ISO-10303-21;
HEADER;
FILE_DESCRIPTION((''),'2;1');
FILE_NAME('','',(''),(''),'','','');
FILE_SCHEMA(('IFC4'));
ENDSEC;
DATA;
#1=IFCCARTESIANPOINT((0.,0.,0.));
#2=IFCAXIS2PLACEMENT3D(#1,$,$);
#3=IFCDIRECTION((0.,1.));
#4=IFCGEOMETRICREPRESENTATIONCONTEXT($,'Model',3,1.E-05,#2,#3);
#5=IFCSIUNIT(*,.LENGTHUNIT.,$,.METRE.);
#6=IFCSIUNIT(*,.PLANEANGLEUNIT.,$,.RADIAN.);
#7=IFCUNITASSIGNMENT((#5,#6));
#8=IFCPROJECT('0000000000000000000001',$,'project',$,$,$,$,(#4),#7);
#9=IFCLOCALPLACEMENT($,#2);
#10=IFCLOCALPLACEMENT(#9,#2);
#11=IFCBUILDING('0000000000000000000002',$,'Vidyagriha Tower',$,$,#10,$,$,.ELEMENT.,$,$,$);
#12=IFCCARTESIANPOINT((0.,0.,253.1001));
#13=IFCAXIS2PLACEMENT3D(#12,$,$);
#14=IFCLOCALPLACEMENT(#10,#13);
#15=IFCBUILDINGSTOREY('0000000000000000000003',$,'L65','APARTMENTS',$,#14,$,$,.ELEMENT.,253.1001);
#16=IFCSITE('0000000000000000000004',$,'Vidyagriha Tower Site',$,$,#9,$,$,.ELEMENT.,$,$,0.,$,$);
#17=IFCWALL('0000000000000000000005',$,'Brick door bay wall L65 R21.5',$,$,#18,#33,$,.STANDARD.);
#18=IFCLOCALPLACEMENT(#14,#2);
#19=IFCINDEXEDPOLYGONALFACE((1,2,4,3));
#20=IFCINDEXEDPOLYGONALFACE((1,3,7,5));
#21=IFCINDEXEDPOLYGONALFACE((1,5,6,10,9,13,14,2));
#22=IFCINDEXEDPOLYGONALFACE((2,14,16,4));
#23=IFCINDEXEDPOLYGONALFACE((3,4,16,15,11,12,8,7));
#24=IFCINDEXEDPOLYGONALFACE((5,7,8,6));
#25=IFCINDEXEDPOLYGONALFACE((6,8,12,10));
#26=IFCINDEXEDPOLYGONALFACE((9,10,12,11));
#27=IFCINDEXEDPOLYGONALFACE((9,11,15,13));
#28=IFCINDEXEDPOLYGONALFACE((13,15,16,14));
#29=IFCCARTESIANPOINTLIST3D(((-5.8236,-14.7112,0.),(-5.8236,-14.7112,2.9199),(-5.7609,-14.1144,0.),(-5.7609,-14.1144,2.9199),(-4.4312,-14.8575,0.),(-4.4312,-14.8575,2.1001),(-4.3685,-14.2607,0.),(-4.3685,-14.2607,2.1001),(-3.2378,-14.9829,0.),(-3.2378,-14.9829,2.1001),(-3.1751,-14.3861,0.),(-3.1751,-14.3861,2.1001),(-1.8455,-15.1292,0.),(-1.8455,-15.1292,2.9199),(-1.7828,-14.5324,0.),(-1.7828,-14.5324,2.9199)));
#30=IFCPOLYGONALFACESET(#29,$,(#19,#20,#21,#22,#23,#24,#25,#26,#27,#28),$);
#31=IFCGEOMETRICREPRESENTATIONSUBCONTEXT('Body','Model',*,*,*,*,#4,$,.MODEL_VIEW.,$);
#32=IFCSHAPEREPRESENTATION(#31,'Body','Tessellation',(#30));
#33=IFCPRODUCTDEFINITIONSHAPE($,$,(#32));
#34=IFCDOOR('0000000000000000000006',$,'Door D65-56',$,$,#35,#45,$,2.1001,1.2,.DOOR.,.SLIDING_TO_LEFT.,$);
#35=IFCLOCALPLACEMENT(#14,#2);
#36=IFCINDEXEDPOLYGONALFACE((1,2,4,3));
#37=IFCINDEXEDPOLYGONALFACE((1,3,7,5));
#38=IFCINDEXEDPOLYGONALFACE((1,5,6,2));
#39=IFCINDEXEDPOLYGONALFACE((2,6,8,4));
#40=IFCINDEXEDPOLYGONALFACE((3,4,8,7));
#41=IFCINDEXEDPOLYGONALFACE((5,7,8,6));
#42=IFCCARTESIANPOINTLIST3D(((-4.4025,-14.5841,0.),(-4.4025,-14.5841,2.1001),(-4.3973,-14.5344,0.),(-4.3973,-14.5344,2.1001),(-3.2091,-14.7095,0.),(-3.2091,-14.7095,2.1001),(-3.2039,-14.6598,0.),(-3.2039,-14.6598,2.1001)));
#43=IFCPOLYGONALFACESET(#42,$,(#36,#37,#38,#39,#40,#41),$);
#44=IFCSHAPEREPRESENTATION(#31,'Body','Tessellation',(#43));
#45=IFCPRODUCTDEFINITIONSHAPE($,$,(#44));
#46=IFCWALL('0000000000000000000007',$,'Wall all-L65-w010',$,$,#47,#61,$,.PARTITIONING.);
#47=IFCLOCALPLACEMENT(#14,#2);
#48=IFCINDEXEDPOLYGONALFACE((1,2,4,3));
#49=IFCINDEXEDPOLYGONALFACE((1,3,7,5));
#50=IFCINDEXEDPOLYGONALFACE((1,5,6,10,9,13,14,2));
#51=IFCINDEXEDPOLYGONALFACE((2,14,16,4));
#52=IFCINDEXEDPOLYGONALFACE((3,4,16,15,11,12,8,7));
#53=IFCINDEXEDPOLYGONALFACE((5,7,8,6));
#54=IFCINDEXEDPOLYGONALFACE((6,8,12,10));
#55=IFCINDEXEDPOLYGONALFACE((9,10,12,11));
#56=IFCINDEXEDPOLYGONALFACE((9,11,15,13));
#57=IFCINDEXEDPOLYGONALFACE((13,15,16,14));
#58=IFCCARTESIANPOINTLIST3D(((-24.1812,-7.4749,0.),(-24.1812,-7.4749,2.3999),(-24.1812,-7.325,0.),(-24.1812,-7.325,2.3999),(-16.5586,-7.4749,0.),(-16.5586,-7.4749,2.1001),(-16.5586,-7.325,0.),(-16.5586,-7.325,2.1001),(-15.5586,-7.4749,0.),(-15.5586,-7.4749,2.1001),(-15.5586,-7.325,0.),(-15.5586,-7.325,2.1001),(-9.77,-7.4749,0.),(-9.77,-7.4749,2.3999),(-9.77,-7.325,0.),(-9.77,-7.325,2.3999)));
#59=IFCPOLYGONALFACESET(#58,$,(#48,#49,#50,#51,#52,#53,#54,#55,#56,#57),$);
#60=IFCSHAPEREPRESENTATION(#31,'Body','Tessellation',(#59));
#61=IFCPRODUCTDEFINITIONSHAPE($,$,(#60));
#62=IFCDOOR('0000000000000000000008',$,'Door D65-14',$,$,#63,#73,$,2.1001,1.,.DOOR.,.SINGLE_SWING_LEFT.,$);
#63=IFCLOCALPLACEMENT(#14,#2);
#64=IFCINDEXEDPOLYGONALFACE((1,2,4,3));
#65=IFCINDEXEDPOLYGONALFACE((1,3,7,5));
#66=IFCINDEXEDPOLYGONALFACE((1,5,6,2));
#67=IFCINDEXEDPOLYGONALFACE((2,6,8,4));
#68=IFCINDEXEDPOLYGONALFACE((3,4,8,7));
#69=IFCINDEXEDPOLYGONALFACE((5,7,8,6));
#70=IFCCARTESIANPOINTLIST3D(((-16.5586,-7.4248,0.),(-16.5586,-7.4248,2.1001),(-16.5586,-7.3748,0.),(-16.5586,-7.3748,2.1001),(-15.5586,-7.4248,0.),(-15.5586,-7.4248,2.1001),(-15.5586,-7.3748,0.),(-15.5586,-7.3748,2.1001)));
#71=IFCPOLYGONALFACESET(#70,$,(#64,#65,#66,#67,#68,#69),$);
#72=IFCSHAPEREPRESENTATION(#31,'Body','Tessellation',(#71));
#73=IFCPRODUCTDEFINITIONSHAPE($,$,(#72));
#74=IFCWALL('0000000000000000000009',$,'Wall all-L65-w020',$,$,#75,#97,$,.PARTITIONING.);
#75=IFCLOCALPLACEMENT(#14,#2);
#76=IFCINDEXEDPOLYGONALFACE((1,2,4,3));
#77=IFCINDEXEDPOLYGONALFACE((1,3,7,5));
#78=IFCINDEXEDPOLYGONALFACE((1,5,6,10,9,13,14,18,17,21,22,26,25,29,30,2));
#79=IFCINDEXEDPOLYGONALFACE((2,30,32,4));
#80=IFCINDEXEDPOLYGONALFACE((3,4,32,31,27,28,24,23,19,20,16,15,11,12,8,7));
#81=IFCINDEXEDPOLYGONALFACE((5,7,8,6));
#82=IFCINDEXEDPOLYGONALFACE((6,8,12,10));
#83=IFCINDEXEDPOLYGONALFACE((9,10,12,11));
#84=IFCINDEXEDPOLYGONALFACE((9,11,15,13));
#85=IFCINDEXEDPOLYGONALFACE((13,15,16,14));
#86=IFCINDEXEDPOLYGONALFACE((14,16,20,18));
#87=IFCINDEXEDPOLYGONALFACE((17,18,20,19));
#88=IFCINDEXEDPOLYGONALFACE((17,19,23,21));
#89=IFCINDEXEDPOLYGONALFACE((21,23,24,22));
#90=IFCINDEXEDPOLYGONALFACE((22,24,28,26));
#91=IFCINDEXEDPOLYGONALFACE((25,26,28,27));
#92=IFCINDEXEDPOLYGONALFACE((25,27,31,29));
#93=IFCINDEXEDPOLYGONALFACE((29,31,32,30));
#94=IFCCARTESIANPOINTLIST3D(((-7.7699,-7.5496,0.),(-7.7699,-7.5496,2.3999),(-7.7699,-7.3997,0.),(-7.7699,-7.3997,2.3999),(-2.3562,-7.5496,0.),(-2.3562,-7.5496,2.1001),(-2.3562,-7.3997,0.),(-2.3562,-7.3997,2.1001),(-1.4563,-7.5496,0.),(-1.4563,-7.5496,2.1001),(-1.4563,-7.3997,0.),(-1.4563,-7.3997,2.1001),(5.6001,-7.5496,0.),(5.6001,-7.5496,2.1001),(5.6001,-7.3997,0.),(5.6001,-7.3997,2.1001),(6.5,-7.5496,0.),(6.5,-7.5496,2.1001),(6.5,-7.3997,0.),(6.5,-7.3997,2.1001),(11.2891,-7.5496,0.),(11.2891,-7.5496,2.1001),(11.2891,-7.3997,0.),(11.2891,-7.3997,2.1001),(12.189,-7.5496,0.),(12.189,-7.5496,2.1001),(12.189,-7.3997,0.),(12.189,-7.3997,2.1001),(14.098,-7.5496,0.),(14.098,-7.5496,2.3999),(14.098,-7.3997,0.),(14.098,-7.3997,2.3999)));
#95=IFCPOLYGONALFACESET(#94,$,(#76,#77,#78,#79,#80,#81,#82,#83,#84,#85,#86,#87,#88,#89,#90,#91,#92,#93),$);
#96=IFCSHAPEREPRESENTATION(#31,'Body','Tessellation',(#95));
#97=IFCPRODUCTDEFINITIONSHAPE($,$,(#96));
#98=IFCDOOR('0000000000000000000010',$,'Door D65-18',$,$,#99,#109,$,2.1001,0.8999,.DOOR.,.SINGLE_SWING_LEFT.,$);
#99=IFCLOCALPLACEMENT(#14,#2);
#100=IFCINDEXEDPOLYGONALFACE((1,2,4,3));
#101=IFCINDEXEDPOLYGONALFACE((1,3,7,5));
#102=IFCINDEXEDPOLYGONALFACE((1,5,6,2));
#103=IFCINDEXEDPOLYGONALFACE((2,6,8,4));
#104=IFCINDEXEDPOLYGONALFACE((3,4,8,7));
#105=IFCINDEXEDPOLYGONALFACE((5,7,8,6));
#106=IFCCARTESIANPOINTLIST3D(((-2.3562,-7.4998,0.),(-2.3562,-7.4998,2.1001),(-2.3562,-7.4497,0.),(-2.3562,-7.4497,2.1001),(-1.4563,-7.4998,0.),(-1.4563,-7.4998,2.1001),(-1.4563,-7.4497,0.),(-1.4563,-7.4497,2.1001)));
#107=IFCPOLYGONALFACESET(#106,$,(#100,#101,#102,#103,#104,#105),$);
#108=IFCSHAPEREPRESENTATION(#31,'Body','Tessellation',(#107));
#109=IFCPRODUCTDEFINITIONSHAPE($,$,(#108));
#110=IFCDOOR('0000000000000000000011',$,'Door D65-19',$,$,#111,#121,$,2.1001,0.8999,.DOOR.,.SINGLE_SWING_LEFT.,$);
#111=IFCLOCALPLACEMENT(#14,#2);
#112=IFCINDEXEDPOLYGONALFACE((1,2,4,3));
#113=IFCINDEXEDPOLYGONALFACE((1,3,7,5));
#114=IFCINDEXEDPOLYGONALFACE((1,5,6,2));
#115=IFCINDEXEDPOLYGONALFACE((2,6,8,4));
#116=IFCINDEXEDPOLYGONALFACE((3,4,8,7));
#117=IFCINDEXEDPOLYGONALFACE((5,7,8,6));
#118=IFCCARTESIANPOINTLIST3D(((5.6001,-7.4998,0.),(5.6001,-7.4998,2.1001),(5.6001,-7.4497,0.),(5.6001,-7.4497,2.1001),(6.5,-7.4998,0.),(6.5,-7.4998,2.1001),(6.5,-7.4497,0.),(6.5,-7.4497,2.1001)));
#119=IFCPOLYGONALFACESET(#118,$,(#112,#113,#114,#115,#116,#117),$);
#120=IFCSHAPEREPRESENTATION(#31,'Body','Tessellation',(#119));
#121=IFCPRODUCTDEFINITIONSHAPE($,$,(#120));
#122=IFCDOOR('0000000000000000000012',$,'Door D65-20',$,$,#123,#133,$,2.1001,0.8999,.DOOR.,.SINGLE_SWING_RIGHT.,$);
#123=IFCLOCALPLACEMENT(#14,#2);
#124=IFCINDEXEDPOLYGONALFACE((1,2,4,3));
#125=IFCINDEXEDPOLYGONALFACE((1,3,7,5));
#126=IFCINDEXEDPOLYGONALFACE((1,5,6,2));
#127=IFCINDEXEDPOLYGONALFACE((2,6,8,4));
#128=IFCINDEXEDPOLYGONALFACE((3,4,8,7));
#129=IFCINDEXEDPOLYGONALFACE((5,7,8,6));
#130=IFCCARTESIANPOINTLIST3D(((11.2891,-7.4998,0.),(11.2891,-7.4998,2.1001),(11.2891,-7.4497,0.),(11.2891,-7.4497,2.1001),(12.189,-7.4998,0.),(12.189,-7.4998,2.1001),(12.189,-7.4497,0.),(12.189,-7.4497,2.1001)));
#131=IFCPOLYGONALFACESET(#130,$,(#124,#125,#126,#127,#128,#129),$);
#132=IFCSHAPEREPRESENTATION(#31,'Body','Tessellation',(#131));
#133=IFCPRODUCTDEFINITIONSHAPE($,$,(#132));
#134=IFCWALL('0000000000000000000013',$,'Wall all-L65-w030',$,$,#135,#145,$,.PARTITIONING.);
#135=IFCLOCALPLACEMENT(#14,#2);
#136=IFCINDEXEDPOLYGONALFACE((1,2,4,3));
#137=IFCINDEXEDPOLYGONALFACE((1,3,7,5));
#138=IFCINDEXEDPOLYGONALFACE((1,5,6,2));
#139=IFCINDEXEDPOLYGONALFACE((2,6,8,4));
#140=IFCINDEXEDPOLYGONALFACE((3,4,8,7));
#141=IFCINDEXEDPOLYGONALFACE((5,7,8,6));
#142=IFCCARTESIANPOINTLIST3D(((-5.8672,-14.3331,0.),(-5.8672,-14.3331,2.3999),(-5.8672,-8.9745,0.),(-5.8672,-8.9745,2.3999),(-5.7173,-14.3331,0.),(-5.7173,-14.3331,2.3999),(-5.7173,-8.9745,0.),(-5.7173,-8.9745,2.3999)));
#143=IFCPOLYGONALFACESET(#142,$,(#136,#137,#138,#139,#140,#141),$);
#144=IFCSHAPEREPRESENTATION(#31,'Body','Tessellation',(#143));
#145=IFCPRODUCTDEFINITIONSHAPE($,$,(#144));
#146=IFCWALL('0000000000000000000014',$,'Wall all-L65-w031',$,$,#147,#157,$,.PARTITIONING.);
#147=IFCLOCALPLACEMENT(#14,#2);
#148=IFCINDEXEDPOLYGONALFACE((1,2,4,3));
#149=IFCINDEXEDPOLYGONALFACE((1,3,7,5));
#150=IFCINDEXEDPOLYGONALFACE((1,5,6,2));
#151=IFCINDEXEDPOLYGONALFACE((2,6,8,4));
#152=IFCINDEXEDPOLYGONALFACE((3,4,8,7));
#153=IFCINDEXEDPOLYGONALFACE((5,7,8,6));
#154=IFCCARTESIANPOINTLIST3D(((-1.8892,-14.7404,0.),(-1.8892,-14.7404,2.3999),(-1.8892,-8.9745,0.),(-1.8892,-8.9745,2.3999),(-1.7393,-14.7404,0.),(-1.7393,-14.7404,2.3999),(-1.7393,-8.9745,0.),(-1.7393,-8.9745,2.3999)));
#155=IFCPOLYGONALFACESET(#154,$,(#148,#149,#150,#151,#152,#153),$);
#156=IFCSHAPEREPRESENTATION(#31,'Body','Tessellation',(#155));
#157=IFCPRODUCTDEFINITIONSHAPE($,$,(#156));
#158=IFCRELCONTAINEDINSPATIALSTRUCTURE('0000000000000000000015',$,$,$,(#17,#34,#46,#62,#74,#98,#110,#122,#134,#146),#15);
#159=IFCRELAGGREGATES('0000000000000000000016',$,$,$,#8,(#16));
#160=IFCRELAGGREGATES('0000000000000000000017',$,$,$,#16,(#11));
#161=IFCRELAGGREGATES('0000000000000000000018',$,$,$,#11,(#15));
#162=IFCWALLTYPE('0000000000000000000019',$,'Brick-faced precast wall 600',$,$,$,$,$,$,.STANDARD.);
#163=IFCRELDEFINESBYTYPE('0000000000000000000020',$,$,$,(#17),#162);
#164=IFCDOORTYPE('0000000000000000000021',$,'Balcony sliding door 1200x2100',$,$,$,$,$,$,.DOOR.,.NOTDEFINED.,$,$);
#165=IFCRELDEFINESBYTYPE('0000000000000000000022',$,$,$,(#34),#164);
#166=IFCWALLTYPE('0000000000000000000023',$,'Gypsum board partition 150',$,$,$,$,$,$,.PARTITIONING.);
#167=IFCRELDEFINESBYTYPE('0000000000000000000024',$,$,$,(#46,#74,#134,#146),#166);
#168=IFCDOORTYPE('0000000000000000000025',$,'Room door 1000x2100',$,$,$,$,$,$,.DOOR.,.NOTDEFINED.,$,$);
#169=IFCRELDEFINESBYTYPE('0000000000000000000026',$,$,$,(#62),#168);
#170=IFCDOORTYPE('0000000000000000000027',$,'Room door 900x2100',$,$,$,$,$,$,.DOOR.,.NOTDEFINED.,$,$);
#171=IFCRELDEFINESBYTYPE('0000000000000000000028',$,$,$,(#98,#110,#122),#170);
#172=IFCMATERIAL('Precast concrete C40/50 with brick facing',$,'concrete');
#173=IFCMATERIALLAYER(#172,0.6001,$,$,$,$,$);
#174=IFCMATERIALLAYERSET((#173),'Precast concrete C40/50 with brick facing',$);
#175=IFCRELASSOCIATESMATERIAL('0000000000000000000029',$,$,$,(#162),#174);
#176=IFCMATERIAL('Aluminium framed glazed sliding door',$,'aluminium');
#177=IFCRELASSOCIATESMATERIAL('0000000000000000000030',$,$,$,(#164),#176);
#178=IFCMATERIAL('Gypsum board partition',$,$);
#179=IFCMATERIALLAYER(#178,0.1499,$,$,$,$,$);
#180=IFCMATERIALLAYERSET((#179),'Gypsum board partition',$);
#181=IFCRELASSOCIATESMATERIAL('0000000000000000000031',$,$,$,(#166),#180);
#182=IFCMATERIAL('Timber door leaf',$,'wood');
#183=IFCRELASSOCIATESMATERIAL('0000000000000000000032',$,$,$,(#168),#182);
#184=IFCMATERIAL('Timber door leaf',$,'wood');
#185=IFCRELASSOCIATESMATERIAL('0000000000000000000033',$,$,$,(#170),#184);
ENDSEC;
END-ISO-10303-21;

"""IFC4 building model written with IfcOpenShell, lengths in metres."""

from ifc_helpers import new_model, si_unit, direction, frame, frame_2d, origin, place, context, subcontext, project, spatial, rectangle, extrude, material, layer, layer_set, type_object, element, fill, save


model = new_model("IFC4")

# Units and contexts
model_context = context("Model", 3, precision=1e-05, world=origin(), true_north=direction((0.0, 1.0)))
body_context = subcontext(model_context, "Body", "Model", "MODEL_VIEW")
ifc_project = project(units=[si_unit("LENGTHUNIT", "METRE"), si_unit("PLANEANGLEUNIT", "RADIAN")], contexts=[model_context])

# Site, building, storey
site_placement = place(None, origin())
site = spatial("IfcSite", under=ifc_project, at=site_placement, Name="Vidyagriha Tower Site", CompositionType="ELEMENT", RefElevation=0.0)
building_placement = place(site_placement, origin())
building = spatial("IfcBuilding", under=site, at=building_placement, Name="Vidyagriha Tower", CompositionType="ELEMENT")
storey_placement = place(building_placement, frame((0.0, 0.0, 253.1001)))
storey = spatial("IfcBuildingStorey", under=building, at=storey_placement, Name="L65", Description="APARTMENTS", CompositionType="ELEMENT", Elevation=253.1001)

# Walls, openings, doors
ifc_material_1 = material(Name="Precast concrete C40/50 with brick facing", Category="concrete")
ifc_layer_1 = layer(ifc_material_1, 0.6001)
ifc_layer_set_1 = layer_set([ifc_layer_1], Name="Precast concrete C40/50 with brick facing")
wall_type_1 = type_object("IfcWallType", Name="Brick-faced precast wall 600", PredefinedType="STANDARD", material=ifc_layer_set_1)
wall_1_placement = place(storey_placement, frame((-5.7922, -14.4128, 0.0), z_axis=(0.0, 0.0, 1.0), x_axis=(0.994526, -0.104494, 0.0)))
wall_1 = element("IfcWall", 1, at=wall_1_placement, inside=storey, type_object=wall_type_1, Name="Brick door bay wall L65 R21.5", PredefinedType="STANDARD", context=body_context, shape_type="SweptSolid", body=[
    extrude(rectangle(XDim=4.0, YDim=0.6001, at=frame_2d((2.0, 0.0))), origin(), (0.0, 0.0, 1.0), 2.9199),
])
opening_1_placement = place(wall_1_placement, frame((1.3999, 0.0, 0.0)))
opening_1 = element("IfcOpeningElement", 2, at=opening_1_placement, cuts=wall_1, PredefinedType="OPENING", context=body_context, shape_type="SweptSolid", body=[
    extrude(rectangle(XDim=1.2, YDim=2.1001, at=frame_2d((0.6001, 1.05))), frame((0.0, 0.3101, 0.0), z_axis=(0.0, -1.0, 0.0), x_axis=(1.0, 0.0, 0.0)), (0.0, 0.0, 1.0), 0.6201),
])
ifc_material_2 = material(Name="Aluminium framed glazed sliding door", Category="aluminium")
door_type_1 = type_object("IfcDoorType", Name="Balcony sliding door 1200x2100", OperationType="NOTDEFINED", PredefinedType="DOOR", material=ifc_material_2)
door_1_placement = place(opening_1_placement, origin())
door_1 = element("IfcDoor", 3, at=door_1_placement, inside=storey, type_object=door_type_1, Name="Door D65-56", OperationType="SLIDING_TO_LEFT", OverallHeight=2.1001, OverallWidth=1.2, PredefinedType="DOOR", context=body_context, shape_type="SweptSolid", body=[
    extrude(rectangle(XDim=1.2, YDim=2.1001, at=frame_2d((0.6001, 1.05))), frame((0.0, 0.0249, 0.0), z_axis=(0.0, -1.0, 0.0), x_axis=(1.0, 0.0, 0.0)), (0.0, 0.0, 1.0), 0.05),
])
fill(opening_1, door_1)
ifc_material_3 = material(Name="Gypsum board partition")
ifc_layer_2 = layer(ifc_material_3, 0.1499)
ifc_layer_set_2 = layer_set([ifc_layer_2], Name="Gypsum board partition")
wall_type_2 = type_object("IfcWallType", Name="Gypsum board partition 150", PredefinedType="PARTITIONING", material=ifc_layer_set_2)
wall_2_placement = place(storey_placement, frame((-9.77, -7.3999, 0.0), z_axis=(0.0, 0.0, 1.0), x_axis=(-1.0, 0.0, 0.0)))
wall_2 = element("IfcWall", 4, at=wall_2_placement, inside=storey, type_object=wall_type_2, Name="Wall all-L65-w010", PredefinedType="PARTITIONING", context=body_context, shape_type="SweptSolid", body=[
    extrude(rectangle(XDim=14.4111, YDim=0.1499, at=frame_2d((7.2056, 0.0))), origin(), (0.0, 0.0, 1.0), 2.3999),
])
opening_2_placement = place(wall_2_placement, frame((5.7886, 0.0, 0.0)))
opening_2 = element("IfcOpeningElement", 5, at=opening_2_placement, cuts=wall_2, PredefinedType="OPENING", context=body_context, shape_type="SweptSolid", body=[
    extrude(rectangle(XDim=1.0, YDim=2.1001, at=frame_2d((0.5, 1.05))), frame((0.0, 0.085, 0.0), z_axis=(0.0, -1.0, 0.0), x_axis=(1.0, 0.0, 0.0)), (0.0, 0.0, 1.0), 0.1699),
])
ifc_material_4 = material(Name="Timber door leaf", Category="wood")
door_type_2 = type_object("IfcDoorType", Name="Room door 1000x2100", OperationType="NOTDEFINED", PredefinedType="DOOR", material=ifc_material_4)
door_2_placement = place(opening_2_placement, origin())
door_2 = element("IfcDoor", 6, at=door_2_placement, inside=storey, type_object=door_type_2, Name="Door D65-14", OperationType="SINGLE_SWING_LEFT", OverallHeight=2.1001, OverallWidth=1.0, PredefinedType="DOOR", context=body_context, shape_type="SweptSolid", body=[
    extrude(rectangle(XDim=1.0, YDim=2.1001, at=frame_2d((0.5, 1.05))), frame((0.0, 0.0249, 0.0), z_axis=(0.0, -1.0, 0.0), x_axis=(1.0, 0.0, 0.0)), (0.0, 0.0, 1.0), 0.05),
])
fill(opening_2, door_2)

# Wall, openings, doors
wall_3_placement = place(storey_placement, frame((-7.77, -7.4746, 0.0)))
wall_3 = element("IfcWall", 7, at=wall_3_placement, inside=storey, type_object=wall_type_2, Name="Wall all-L65-w020", PredefinedType="PARTITIONING", context=body_context, shape_type="SweptSolid", body=[
    extrude(rectangle(XDim=21.8679, YDim=0.1499, at=frame_2d((10.9341, 0.0))), origin(), (0.0, 0.0, 1.0), 2.3999),
])
opening_3_placement = place(wall_3_placement, frame((5.4138, 0.0, 0.0)))
opening_3 = element("IfcOpeningElement", 8, at=opening_3_placement, cuts=wall_3, PredefinedType="OPENING", context=body_context, shape_type="SweptSolid", body=[
    extrude(rectangle(XDim=0.8999, YDim=2.1001, at=frame_2d((0.45, 1.05))), frame((0.0, 0.085, 0.0), z_axis=(0.0, -1.0, 0.0), x_axis=(1.0, 0.0, 0.0)), (0.0, 0.0, 1.0), 0.1699),
])
opening_4_placement = place(wall_3_placement, frame((13.3701, 0.0, 0.0)))
opening_4 = element("IfcOpeningElement", 9, at=opening_4_placement, cuts=wall_3, PredefinedType="OPENING", context=body_context, shape_type="SweptSolid", body=[
    extrude(rectangle(XDim=0.8999, YDim=2.1001, at=frame_2d((0.45, 1.05))), frame((0.0, 0.085, 0.0), z_axis=(0.0, -1.0, 0.0), x_axis=(1.0, 0.0, 0.0)), (0.0, 0.0, 1.0), 0.1699),
])
opening_5_placement = place(wall_3_placement, frame((19.0591, 0.0, 0.0)))
opening_5 = element("IfcOpeningElement", 10, at=opening_5_placement, cuts=wall_3, PredefinedType="OPENING", context=body_context, shape_type="SweptSolid", body=[
    extrude(rectangle(XDim=0.8999, YDim=2.1001, at=frame_2d((0.45, 1.05))), frame((0.0, 0.085, 0.0), z_axis=(0.0, -1.0, 0.0), x_axis=(1.0, 0.0, 0.0)), (0.0, 0.0, 1.0), 0.1699),
])
ifc_material_5 = material(Name="Timber door leaf", Category="wood")
door_type_3 = type_object("IfcDoorType", Name="Room door 900x2100", OperationType="NOTDEFINED", PredefinedType="DOOR", material=ifc_material_5)
door_3_placement = place(opening_3_placement, origin())
door_3 = element("IfcDoor", 11, at=door_3_placement, inside=storey, type_object=door_type_3, Name="Door D65-18", OperationType="SINGLE_SWING_LEFT", OverallHeight=2.1001, OverallWidth=0.8999, PredefinedType="DOOR", context=body_context, shape_type="SweptSolid", body=[
    extrude(rectangle(XDim=0.8999, YDim=2.1001, at=frame_2d((0.45, 1.05))), frame((0.0, 0.0249, 0.0), z_axis=(0.0, -1.0, 0.0), x_axis=(1.0, 0.0, 0.0)), (0.0, 0.0, 1.0), 0.05),
])
fill(opening_3, door_3)
door_4_placement = place(opening_4_placement, origin())
door_4 = element("IfcDoor", 12, at=door_4_placement, inside=storey, type_object=door_type_3, Name="Door D65-19", OperationType="SINGLE_SWING_LEFT", OverallHeight=2.1001, OverallWidth=0.8999, PredefinedType="DOOR", context=body_context, shape_type="SweptSolid", body=[
    extrude(rectangle(XDim=0.8999, YDim=2.1001, at=frame_2d((0.45, 1.05))), frame((0.0, 0.0249, 0.0), z_axis=(0.0, -1.0, 0.0), x_axis=(1.0, 0.0, 0.0)), (0.0, 0.0, 1.0), 0.05),
])
fill(opening_4, door_4)
door_5_placement = place(opening_5_placement, origin())
door_5 = element("IfcDoor", 13, at=door_5_placement, inside=storey, type_object=door_type_3, Name="Door D65-20", OperationType="SINGLE_SWING_RIGHT", OverallHeight=2.1001, OverallWidth=0.8999, PredefinedType="DOOR", context=body_context, shape_type="SweptSolid", body=[
    extrude(rectangle(XDim=0.8999, YDim=2.1001, at=frame_2d((0.45, 1.05))), frame((0.0, 0.0249, 0.0), z_axis=(0.0, -1.0, 0.0), x_axis=(1.0, 0.0, 0.0)), (0.0, 0.0, 1.0), 0.05),
])
fill(opening_5, door_5)

# Walls
wall_4_placement = place(storey_placement, frame((-5.7922, -8.9746, 0.0), z_axis=(0.0, 0.0, 1.0), x_axis=(0.0, -1.0, 0.0)))
element("IfcWall", 14, at=wall_4_placement, inside=storey, type_object=wall_type_2, Name="Wall all-L65-w030", PredefinedType="PARTITIONING", context=body_context, shape_type="SweptSolid", body=[
    extrude(rectangle(XDim=5.3586, YDim=0.1499, at=frame_2d((2.6792, 0.0))), origin(), (0.0, 0.0, 1.0), 2.3999),
])
wall_5_placement = place(storey_placement, frame((-1.8142, -8.9746, 0.0), z_axis=(0.0, 0.0, 1.0), x_axis=(0.0, -1.0, 0.0)))
element("IfcWall", 15, at=wall_5_placement, inside=storey, type_object=wall_type_2, Name="Wall all-L65-w031", PredefinedType="PARTITIONING", context=body_context, shape_type="SweptSolid", body=[
    extrude(rectangle(XDim=5.7659, YDim=0.1499, at=frame_2d((2.8828, 0.0))), origin(), (0.0, 0.0, 1.0), 2.3999),
])

save(model, "model.ifc")
